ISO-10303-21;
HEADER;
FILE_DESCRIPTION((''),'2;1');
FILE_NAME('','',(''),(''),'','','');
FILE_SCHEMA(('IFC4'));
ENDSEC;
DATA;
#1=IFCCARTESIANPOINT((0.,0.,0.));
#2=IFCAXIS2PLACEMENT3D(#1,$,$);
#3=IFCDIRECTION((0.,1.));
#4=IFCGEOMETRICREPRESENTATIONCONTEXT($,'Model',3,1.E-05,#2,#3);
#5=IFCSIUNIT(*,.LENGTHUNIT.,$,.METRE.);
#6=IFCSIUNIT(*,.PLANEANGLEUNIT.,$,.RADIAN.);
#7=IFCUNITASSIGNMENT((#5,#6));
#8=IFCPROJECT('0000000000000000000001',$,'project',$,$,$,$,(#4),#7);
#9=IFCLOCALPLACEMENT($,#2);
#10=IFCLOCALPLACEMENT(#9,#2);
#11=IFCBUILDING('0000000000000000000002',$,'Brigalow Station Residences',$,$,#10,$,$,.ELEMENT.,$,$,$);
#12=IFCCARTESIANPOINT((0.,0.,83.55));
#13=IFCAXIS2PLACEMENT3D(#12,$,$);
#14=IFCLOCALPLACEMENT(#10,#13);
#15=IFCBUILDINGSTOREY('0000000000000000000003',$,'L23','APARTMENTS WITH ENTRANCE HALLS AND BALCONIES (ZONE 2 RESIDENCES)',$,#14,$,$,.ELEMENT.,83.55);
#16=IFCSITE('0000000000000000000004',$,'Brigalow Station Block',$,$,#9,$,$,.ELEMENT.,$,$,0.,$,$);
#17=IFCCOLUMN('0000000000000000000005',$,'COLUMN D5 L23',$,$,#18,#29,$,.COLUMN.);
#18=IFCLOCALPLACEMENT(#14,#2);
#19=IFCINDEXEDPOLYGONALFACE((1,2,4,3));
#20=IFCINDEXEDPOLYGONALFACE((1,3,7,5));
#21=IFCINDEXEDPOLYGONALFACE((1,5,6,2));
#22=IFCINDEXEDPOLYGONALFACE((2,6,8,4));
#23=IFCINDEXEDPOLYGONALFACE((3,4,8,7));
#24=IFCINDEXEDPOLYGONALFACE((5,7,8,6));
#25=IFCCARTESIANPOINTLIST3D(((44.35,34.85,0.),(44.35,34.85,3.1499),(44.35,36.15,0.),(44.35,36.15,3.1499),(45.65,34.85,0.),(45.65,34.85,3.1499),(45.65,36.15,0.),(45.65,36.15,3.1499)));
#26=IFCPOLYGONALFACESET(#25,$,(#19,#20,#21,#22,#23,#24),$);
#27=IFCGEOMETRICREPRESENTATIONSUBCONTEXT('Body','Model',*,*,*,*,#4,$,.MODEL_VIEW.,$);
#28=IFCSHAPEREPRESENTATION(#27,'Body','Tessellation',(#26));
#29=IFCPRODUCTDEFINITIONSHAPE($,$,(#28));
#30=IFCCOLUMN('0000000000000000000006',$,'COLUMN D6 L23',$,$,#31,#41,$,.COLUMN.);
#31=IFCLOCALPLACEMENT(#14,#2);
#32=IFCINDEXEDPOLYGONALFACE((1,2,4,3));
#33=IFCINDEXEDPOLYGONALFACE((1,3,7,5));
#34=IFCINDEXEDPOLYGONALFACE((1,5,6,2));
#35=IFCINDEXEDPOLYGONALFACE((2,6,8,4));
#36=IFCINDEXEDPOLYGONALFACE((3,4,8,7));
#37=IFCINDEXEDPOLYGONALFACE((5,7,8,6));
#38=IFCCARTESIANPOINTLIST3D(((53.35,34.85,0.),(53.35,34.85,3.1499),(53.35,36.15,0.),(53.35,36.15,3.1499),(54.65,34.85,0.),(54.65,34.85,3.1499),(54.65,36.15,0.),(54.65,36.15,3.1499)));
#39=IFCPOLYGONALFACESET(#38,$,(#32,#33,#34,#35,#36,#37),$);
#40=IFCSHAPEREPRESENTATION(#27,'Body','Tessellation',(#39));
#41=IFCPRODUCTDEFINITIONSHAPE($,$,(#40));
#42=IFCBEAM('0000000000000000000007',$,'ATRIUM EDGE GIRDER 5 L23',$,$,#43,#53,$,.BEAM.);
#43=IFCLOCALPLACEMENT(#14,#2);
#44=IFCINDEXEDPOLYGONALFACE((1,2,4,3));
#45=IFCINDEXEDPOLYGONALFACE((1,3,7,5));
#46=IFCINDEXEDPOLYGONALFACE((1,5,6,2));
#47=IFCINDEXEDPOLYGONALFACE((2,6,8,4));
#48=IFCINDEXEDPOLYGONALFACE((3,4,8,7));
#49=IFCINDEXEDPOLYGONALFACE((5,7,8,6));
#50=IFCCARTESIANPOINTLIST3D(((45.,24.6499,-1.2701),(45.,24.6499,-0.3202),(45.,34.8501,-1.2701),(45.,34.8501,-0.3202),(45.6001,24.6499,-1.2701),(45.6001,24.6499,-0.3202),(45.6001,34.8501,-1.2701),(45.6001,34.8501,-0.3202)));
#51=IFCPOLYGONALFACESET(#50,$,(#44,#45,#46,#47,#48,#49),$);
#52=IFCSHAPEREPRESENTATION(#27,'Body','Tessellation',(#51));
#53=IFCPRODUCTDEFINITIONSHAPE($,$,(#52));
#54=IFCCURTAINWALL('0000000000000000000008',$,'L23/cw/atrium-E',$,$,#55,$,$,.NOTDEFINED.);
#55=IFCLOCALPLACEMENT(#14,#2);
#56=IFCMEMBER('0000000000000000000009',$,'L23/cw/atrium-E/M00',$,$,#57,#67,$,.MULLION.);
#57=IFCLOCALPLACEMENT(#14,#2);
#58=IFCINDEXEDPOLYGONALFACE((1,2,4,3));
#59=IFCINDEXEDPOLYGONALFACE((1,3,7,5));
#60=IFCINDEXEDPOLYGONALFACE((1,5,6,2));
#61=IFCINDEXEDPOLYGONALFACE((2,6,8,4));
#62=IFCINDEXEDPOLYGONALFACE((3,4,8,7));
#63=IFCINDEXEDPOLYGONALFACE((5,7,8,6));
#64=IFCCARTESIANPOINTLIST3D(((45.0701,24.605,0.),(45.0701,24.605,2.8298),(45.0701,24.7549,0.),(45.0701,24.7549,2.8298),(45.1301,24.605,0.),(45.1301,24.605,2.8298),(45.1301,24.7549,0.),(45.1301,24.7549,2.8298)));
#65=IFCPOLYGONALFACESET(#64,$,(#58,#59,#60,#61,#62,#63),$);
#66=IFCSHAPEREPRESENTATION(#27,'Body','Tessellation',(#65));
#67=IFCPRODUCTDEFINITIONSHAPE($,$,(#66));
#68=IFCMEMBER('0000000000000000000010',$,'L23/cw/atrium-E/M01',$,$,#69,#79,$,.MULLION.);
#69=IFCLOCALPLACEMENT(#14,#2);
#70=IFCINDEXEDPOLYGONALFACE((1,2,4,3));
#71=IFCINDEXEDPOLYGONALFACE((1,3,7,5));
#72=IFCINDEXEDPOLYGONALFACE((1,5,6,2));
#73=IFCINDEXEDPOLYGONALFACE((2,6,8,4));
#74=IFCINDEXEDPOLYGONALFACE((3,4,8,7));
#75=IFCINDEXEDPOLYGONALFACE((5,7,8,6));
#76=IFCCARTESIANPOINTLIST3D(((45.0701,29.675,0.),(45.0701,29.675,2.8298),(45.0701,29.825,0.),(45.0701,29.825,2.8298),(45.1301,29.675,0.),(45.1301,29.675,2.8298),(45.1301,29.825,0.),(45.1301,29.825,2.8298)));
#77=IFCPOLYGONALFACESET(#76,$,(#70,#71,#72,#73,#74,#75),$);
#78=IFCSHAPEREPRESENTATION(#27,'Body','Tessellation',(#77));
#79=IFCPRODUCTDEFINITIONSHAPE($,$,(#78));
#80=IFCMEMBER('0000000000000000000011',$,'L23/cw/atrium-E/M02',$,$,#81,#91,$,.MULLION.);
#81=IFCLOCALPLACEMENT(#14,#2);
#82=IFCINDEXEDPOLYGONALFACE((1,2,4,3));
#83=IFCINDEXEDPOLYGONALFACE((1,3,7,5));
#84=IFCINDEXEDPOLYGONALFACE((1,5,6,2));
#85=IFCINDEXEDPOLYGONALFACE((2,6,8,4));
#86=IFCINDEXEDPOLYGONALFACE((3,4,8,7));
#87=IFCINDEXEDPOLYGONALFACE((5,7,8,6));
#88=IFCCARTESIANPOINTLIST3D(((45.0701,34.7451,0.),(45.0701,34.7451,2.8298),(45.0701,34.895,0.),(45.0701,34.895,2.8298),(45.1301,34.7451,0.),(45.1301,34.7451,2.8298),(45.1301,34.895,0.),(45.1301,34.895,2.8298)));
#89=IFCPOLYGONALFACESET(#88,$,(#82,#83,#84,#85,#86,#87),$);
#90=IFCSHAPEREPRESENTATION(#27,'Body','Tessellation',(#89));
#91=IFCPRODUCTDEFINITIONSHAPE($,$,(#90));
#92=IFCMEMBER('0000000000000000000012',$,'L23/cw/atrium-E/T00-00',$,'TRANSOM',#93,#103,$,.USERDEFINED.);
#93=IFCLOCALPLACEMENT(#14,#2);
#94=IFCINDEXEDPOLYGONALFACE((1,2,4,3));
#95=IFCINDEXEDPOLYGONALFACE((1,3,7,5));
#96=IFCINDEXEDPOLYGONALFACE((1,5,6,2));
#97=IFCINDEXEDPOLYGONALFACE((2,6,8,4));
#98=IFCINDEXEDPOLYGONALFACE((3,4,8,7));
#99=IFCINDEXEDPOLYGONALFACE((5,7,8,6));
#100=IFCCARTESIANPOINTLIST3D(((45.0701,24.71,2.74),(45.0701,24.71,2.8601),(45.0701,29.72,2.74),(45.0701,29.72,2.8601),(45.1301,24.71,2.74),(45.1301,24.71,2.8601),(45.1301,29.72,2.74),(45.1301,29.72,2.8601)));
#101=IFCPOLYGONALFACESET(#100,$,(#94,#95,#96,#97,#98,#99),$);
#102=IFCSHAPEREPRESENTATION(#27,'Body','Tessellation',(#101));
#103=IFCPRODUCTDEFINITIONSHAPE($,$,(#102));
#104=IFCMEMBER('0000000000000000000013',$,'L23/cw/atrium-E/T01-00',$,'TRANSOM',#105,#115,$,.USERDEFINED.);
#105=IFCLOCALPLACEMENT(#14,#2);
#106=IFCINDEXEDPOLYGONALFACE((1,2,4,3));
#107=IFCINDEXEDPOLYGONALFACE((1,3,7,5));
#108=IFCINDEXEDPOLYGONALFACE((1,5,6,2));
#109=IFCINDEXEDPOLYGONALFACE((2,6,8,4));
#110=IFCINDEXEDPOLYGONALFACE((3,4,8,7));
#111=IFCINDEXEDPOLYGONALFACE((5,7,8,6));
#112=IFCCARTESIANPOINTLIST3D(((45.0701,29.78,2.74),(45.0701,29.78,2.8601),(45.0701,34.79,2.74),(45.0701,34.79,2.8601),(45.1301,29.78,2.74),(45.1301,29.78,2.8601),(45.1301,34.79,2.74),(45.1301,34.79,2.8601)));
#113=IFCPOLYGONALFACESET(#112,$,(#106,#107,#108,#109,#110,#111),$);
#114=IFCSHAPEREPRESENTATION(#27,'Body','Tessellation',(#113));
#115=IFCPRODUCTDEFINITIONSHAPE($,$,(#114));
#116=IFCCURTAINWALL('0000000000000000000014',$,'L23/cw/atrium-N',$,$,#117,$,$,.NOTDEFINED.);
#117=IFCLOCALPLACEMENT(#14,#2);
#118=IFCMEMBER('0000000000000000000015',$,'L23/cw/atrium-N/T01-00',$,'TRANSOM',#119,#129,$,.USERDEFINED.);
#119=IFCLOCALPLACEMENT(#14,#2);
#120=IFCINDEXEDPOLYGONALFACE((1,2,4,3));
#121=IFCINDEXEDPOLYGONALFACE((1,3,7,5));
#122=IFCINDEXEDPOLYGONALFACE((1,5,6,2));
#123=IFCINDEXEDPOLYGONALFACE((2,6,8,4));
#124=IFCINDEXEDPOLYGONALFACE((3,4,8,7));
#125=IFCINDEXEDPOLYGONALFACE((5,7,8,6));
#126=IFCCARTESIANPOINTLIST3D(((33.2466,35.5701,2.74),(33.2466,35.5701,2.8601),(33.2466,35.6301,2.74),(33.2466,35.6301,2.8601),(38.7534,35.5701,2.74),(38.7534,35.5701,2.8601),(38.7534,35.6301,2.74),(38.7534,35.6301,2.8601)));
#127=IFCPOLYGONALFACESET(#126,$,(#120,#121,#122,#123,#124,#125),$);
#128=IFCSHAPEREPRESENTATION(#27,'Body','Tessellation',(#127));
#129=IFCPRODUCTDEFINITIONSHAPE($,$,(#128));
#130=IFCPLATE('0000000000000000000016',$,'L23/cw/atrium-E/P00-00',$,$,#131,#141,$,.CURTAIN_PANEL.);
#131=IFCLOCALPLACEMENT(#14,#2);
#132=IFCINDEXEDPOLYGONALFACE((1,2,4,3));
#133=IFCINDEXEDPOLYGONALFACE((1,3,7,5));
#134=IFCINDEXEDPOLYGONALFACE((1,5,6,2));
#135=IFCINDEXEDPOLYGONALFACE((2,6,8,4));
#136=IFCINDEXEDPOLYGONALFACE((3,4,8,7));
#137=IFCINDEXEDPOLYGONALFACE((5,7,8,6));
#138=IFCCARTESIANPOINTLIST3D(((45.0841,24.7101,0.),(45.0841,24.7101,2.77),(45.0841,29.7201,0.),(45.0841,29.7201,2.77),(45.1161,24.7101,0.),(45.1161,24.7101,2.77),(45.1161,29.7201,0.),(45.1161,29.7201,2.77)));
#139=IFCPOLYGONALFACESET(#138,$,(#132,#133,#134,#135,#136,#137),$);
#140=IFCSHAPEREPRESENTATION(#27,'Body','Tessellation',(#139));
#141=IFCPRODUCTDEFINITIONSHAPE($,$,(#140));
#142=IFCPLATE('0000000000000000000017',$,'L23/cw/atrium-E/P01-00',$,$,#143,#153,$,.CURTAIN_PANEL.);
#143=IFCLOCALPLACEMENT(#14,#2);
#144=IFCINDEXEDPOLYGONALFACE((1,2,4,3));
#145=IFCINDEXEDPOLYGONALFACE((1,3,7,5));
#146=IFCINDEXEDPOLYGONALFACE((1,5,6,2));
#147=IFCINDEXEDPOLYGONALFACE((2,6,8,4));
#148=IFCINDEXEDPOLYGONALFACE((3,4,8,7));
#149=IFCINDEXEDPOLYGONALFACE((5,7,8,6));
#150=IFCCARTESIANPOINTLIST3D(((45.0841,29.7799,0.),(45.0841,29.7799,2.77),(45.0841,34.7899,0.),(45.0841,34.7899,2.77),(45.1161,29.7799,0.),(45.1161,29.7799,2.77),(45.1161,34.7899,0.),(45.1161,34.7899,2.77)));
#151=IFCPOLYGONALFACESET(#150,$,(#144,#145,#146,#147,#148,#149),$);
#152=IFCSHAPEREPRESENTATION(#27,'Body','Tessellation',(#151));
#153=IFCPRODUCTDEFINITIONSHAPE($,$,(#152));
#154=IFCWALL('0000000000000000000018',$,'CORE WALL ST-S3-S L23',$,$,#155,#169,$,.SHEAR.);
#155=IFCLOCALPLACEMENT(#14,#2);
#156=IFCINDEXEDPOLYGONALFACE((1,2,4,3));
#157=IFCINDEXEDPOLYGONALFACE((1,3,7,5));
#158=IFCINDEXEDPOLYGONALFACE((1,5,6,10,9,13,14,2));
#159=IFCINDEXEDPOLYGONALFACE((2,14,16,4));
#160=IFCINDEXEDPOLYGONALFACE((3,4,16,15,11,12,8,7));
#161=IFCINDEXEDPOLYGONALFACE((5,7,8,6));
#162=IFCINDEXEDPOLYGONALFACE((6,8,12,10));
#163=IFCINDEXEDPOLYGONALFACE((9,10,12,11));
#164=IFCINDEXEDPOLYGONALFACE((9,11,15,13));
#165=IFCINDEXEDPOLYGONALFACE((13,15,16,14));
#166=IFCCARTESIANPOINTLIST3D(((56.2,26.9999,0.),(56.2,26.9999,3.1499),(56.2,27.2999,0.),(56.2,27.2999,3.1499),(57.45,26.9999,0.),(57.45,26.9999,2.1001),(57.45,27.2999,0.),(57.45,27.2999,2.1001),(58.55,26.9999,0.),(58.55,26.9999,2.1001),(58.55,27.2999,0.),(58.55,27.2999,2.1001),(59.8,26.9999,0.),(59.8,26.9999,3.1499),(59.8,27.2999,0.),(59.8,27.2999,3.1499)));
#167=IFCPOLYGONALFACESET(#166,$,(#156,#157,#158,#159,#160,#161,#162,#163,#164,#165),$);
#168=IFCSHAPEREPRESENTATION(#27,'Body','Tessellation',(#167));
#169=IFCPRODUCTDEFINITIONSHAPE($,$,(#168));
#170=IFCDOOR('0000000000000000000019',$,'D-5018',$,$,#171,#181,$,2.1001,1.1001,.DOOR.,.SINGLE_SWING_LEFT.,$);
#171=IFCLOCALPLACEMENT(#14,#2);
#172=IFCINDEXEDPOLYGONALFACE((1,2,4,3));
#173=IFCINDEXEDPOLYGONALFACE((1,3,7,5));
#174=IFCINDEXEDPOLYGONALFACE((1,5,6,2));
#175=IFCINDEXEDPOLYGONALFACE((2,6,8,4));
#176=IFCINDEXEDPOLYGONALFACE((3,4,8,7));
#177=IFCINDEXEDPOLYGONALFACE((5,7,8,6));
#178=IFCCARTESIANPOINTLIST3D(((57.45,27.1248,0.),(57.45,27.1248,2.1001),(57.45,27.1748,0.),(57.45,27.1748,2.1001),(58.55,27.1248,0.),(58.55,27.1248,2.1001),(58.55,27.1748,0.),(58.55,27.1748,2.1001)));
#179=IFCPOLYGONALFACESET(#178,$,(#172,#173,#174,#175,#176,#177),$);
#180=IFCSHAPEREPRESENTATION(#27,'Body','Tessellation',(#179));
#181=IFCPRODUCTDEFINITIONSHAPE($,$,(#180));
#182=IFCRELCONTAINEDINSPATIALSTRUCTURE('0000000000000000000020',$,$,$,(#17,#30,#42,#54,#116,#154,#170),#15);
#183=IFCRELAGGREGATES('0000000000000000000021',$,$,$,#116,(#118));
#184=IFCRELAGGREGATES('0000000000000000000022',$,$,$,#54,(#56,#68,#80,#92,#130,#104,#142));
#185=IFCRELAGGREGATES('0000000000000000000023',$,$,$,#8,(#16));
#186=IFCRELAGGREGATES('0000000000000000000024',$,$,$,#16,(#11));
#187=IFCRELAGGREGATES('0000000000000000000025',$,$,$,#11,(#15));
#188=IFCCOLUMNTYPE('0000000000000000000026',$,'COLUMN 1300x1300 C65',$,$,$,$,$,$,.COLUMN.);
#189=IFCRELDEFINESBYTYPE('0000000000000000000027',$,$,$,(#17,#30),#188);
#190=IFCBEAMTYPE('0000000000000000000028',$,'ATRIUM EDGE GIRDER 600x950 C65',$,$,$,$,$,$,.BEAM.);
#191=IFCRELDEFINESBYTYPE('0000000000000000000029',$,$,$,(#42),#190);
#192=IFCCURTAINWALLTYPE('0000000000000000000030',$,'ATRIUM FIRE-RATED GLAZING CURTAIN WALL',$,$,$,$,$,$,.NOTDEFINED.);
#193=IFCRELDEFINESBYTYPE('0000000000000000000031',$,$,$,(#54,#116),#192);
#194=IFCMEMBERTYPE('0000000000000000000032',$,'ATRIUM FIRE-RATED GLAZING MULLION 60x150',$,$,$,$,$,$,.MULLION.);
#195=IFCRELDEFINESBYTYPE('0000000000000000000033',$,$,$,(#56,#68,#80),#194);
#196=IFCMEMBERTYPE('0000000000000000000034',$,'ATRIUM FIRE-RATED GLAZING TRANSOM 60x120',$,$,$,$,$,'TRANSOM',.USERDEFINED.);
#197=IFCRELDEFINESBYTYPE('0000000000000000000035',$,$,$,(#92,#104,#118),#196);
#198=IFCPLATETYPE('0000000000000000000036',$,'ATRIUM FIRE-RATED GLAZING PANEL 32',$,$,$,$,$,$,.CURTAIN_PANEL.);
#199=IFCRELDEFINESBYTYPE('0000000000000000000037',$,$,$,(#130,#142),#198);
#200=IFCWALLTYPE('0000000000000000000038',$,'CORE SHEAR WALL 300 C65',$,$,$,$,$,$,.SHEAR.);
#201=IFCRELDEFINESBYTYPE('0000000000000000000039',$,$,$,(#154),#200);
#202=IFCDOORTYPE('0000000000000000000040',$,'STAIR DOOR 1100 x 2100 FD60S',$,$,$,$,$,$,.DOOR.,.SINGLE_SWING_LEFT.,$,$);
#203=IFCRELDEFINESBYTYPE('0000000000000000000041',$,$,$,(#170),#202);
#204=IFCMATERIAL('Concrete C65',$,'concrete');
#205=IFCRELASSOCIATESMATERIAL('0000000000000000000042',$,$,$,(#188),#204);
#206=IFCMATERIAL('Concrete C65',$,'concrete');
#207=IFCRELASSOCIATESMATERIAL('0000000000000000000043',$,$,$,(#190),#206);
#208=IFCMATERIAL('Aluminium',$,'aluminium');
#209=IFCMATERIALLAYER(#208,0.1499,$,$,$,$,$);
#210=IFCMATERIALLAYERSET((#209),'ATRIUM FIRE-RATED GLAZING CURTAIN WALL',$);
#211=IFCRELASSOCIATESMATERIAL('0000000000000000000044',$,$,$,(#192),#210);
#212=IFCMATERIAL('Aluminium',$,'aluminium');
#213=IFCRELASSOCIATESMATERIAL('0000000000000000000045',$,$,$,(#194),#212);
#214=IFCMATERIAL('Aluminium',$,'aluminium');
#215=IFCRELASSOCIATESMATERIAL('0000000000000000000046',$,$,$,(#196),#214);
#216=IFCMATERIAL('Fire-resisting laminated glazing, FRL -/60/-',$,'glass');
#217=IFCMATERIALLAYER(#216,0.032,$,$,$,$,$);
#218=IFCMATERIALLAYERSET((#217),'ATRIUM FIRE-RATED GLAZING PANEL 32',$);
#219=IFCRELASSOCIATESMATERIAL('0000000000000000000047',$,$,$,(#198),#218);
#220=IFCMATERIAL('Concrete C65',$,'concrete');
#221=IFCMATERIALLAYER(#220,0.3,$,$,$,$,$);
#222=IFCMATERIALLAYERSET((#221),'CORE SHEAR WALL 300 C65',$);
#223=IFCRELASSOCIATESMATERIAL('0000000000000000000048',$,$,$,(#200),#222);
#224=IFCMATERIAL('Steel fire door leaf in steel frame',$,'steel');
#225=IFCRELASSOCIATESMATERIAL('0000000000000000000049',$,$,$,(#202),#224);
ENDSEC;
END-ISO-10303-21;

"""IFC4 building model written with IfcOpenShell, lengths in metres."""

from ifc_helpers import new_model, si_unit, direction, frame, frame_2d, origin, origin_2d, place, context, subcontext, project, spatial, rectangle, extrude, material, layer, layer_set, material_profile, profile_set, type_object, element, fill, aggregate, save


model = new_model("IFC4")

# Units and contexts
model_context = context("Model", 3, precision=1e-05, world=origin(), true_north=direction((0.0, 1.0)))
body_context = subcontext(model_context, "Body", "Model", "MODEL_VIEW")
ifc_project = project(units=[si_unit("LENGTHUNIT", "METRE"), si_unit("PLANEANGLEUNIT", "RADIAN")], contexts=[model_context])

# Site, building, storey
site_placement = place(None, origin())
site = spatial("IfcSite", under=ifc_project, at=site_placement, Name="Brigalow Station Block", CompositionType="ELEMENT", RefElevation=0.0)
building_placement = place(site_placement, origin())
building = spatial("IfcBuilding", under=site, at=building_placement, Name="Brigalow Station Residences", CompositionType="ELEMENT")
storey_placement = place(building_placement, frame((0.0, 0.0, 83.55)))
storey = spatial("IfcBuildingStorey", under=building, at=storey_placement, Name="L23", Description="APARTMENTS WITH ENTRANCE HALLS AND BALCONIES (ZONE 2 RESIDENCES)", CompositionType="ELEMENT", Elevation=83.55)

# Columns
ifc_material_1 = material(Name="Concrete C65", Category="concrete")
ifc_material_profile_1 = material_profile(ifc_material_1, rectangle(XDim=1.3, YDim=1.3, at=origin_2d()), Name="RC1300x1300")
ifc_profile_set_1 = profile_set([ifc_material_profile_1], Name="Concrete C65")
column_type = type_object("IfcColumnType", Name="COLUMN 1300x1300 C65", PredefinedType="COLUMN", material=ifc_profile_set_1)
for number, where, z_axis, x_axis, name in (
    (1, (45.0, 35.5, 0.0), (0.0, 0.0, 1.0), (1.0, 0.0, 0.0), "COLUMN D5 L23"),
    (2, (54.0, 35.5, 0.0), (0.0, 0.0, 1.0), (1.0, 0.0, 0.0), "COLUMN D6 L23"),
):
    element("IfcColumn", number, at=place(storey_placement, frame(where, z_axis=z_axis, x_axis=x_axis)), inside=storey, type_object=column_type, Name=name, PredefinedType="COLUMN", context=body_context, shape_type="SweptSolid", body=[
        extrude(rectangle(XDim=1.3, YDim=1.3, at=origin_2d()), origin(), (0.0, 0.0, 1.0), 3.1499),
    ])

# Beam
ifc_material_2 = material(Name="Concrete C65", Category="concrete")
ifc_material_profile_2 = material_profile(ifc_material_2, rectangle(XDim=0.6001, YDim=0.95, at=origin_2d()), Name="RC600x950")
ifc_profile_set_2 = profile_set([ifc_material_profile_2], Name="Concrete C65")
beam_type = type_object("IfcBeamType", Name="ATRIUM EDGE GIRDER 600x950 C65", PredefinedType="BEAM", material=ifc_profile_set_2)
beam_placement = place(storey_placement, frame((45.3, 24.6499, -0.7952), z_axis=(0.0, 1.0, 0.0), x_axis=(-1.0, 0.0, 0.0)))
element("IfcBeam", 3, at=beam_placement, inside=storey, type_object=beam_type, Name="ATRIUM EDGE GIRDER 5 L23", PredefinedType="BEAM", context=body_context, shape_type="SweptSolid", body=[
    extrude(rectangle(XDim=0.6001, YDim=0.95, at=origin_2d()), origin(), (0.0, 0.0, 1.0), 10.2002),
])

# Curtain wall, members
ifc_material_3 = material(Name="Aluminium", Category="aluminium")
ifc_layer_1 = layer(ifc_material_3, 0.1499)
ifc_layer_set_1 = layer_set([ifc_layer_1], Name="ATRIUM FIRE-RATED GLAZING CURTAIN WALL")
curtain_wall_type = type_object("IfcCurtainWallType", Name="ATRIUM FIRE-RATED GLAZING CURTAIN WALL", PredefinedType="NOTDEFINED", material=ifc_layer_set_1)
curtain_wall_1_placement = place(storey_placement, origin())
curtain_wall_1 = element("IfcCurtainWall", 4, at=curtain_wall_1_placement, inside=storey, type_object=curtain_wall_type, Name="L23/cw/atrium-E", PredefinedType="NOTDEFINED")
ifc_material_4 = material(Name="Aluminium", Category="aluminium")
ifc_material_profile_3 = material_profile(ifc_material_4, rectangle(XDim=0.0601, YDim=0.1499, at=origin_2d()), Name="ATRIUM FIRE-RATED GLAZING MULLION 60x150")
ifc_profile_set_3 = profile_set([ifc_material_profile_3], Name="Aluminium")
member_type_1 = type_object("IfcMemberType", Name="ATRIUM FIRE-RATED GLAZING MULLION 60x150", PredefinedType="MULLION", material=ifc_profile_set_3)
member_1_placement = place(storey_placement, frame((45.1001, 24.6799, 0.0), z_axis=(0.0, 0.0, 1.0), x_axis=(-1.0, 0.0, 0.0)))
member_1 = element("IfcMember", 5, at=member_1_placement, type_object=member_type_1, Name="L23/cw/atrium-E/M00", PredefinedType="MULLION", context=body_context, shape_type="SweptSolid", body=[
    extrude(rectangle(XDim=0.0601, YDim=0.1499, at=origin_2d()), origin(), (0.0, 0.0, 1.0), 2.8298),
])
member_2_placement = place(storey_placement, frame((45.1001, 29.75, 0.0), z_axis=(0.0, 0.0, 1.0), x_axis=(-1.0, 0.0, 0.0)))
member_2 = element("IfcMember", 6, at=member_2_placement, type_object=member_type_1, Name="L23/cw/atrium-E/M01", PredefinedType="MULLION", context=body_context, shape_type="SweptSolid", body=[
    extrude(rectangle(XDim=0.0601, YDim=0.1499, at=origin_2d()), origin(), (0.0, 0.0, 1.0), 2.8298),
])
member_3_placement = place(storey_placement, frame((45.1001, 34.8201, 0.0), z_axis=(0.0, 0.0, 1.0), x_axis=(-1.0, 0.0, 0.0)))
member_3 = element("IfcMember", 7, at=member_3_placement, type_object=member_type_1, Name="L23/cw/atrium-E/M02", PredefinedType="MULLION", context=body_context, shape_type="SweptSolid", body=[
    extrude(rectangle(XDim=0.0601, YDim=0.1499, at=origin_2d()), origin(), (0.0, 0.0, 1.0), 2.8298),
])
ifc_material_5 = material(Name="Aluminium", Category="aluminium")
ifc_material_profile_4 = material_profile(ifc_material_5, rectangle(XDim=0.0601, YDim=0.1201, at=origin_2d()), Name="ATRIUM FIRE-RATED GLAZING TRANSOM 60x120")
ifc_profile_set_4 = profile_set([ifc_material_profile_4], Name="Aluminium")
member_type_2 = type_object("IfcMemberType", Name="ATRIUM FIRE-RATED GLAZING TRANSOM 60x120", ElementType="TRANSOM", PredefinedType="USERDEFINED", material=ifc_profile_set_4)
member_4_placement = place(storey_placement, frame((45.1001, 24.71, 2.8), z_axis=(0.0, 1.0, 0.0), x_axis=(-1.0, 0.0, 0.0)))
member_4 = element("IfcMember", 8, at=member_4_placement, type_object=member_type_2, Name="L23/cw/atrium-E/T00-00", ObjectType="TRANSOM", PredefinedType="USERDEFINED", context=body_context, shape_type="SweptSolid", body=[
    extrude(rectangle(XDim=0.0601, YDim=0.1201, at=origin_2d()), origin(), (0.0, 0.0, 1.0), 5.01),
])
member_5_placement = place(storey_placement, frame((45.1001, 29.78, 2.8), z_axis=(0.0, 1.0, 0.0), x_axis=(-1.0, 0.0, 0.0)))
member_5 = element("IfcMember", 9, at=member_5_placement, type_object=member_type_2, Name="L23/cw/atrium-E/T01-00", ObjectType="TRANSOM", PredefinedType="USERDEFINED", context=body_context, shape_type="SweptSolid", body=[
    extrude(rectangle(XDim=0.0601, YDim=0.1201, at=origin_2d()), origin(), (0.0, 0.0, 1.0), 5.01),
])

# Curtain wall, member
curtain_wall_2_placement = place(storey_placement, origin())
curtain_wall_2 = element("IfcCurtainWall", 10, at=curtain_wall_2_placement, inside=storey, type_object=curtain_wall_type, Name="L23/cw/atrium-N", PredefinedType="NOTDEFINED")
member_6_placement = place(storey_placement, frame((38.7534, 35.6001, 2.8), z_axis=(-1.0, 0.0, 0.0), x_axis=(0.0, -1.0, 0.0)))
member_6 = element("IfcMember", 11, at=member_6_placement, type_object=member_type_2, Name="L23/cw/atrium-N/T01-00", ObjectType="TRANSOM", PredefinedType="USERDEFINED", context=body_context, shape_type="SweptSolid", body=[
    extrude(rectangle(XDim=0.0601, YDim=0.1201, at=origin_2d()), origin(), (0.0, 0.0, 1.0), 5.5068),
])
aggregate(curtain_wall_2, [member_6])

# Plates
ifc_material_6 = material(Name="Fire-resisting laminated glazing, FRL -/60/-", Category="glass")
ifc_layer_2 = layer(ifc_material_6, 0.032)
ifc_layer_set_2 = layer_set([ifc_layer_2], Name="ATRIUM FIRE-RATED GLAZING PANEL 32")
plate_type = type_object("IfcPlateType", Name="ATRIUM FIRE-RATED GLAZING PANEL 32", PredefinedType="CURTAIN_PANEL", material=ifc_layer_set_2)
plate_1_placement = place(storey_placement, frame((45.1001, 27.2151, 0.0), z_axis=(0.0, 0.0, 1.0), x_axis=(0.0, 1.0, 0.0)))
plate_1 = element("IfcPlate", 12, at=plate_1_placement, type_object=plate_type, Name="L23/cw/atrium-E/P00-00", PredefinedType="CURTAIN_PANEL", context=body_context, shape_type="SweptSolid", body=[
    extrude(rectangle(XDim=5.01, YDim=0.032, at=origin_2d()), origin(), (0.0, 0.0, 1.0), 2.77),
])
plate_2_placement = place(storey_placement, frame((45.1001, 32.2849, 0.0), z_axis=(0.0, 0.0, 1.0), x_axis=(0.0, 1.0, 0.0)))
plate_2 = element("IfcPlate", 13, at=plate_2_placement, type_object=plate_type, Name="L23/cw/atrium-E/P01-00", PredefinedType="CURTAIN_PANEL", context=body_context, shape_type="SweptSolid", body=[
    extrude(rectangle(XDim=5.01, YDim=0.032, at=origin_2d()), origin(), (0.0, 0.0, 1.0), 2.77),
])
aggregate(curtain_wall_1, [member_1, member_2, member_3, member_4, plate_1, member_5, plate_2])

# Wall, opening, door
ifc_material_7 = material(Name="Concrete C65", Category="concrete")
ifc_layer_3 = layer(ifc_material_7, 0.3)
ifc_layer_set_3 = layer_set([ifc_layer_3], Name="CORE SHEAR WALL 300 C65")
wall_type_1 = type_object("IfcWallType", Name="CORE SHEAR WALL 300 C65", PredefinedType="SHEAR", material=ifc_layer_set_3)
wall_1_placement = place(storey_placement, frame((56.2, 27.1499, 0.0), z_axis=(0.0, 0.0, 1.0), x_axis=(1.0, 0.0, 0.0)))
wall_1 = element("IfcWall", 14, at=wall_1_placement, inside=storey, type_object=wall_type_1, Name="CORE WALL ST-S3-S L23", PredefinedType="SHEAR", context=body_context, shape_type="SweptSolid", body=[
    extrude(rectangle(XDim=3.6001, YDim=0.3, at=frame_2d((1.8, 0.0))), origin(), (0.0, 0.0, 1.0), 3.1499),
])
opening_1_placement = place(wall_1_placement, frame((1.25, 0.0, 0.0)))
opening_1 = element("IfcOpeningElement", 15, at=opening_1_placement, cuts=wall_1, PredefinedType="OPENING", context=body_context, shape_type="SweptSolid", body=[
    extrude(rectangle(XDim=1.1001, YDim=2.1001, at=frame_2d((0.55, 1.05))), frame((0.0, 0.1602, 0.0), z_axis=(0.0, -1.0, 0.0), x_axis=(1.0, 0.0, 0.0)), (0.0, 0.0, 1.0), 0.3201),
])
ifc_material_8 = material(Name="Steel fire door leaf in steel frame", Category="steel")
door_type_1 = type_object("IfcDoorType", Name="STAIR DOOR 1100 x 2100 FD60S", OperationType="SINGLE_SWING_LEFT", PredefinedType="DOOR", material=ifc_material_8)
door_1_placement = place(opening_1_placement, origin())
door_1 = element("IfcDoor", 16, at=door_1_placement, inside=storey, type_object=door_type_1, Name="D-5018", OperationType="SINGLE_SWING_LEFT", OverallHeight=2.1001, OverallWidth=1.1001, PredefinedType="DOOR", context=body_context, shape_type="SweptSolid", body=[
    extrude(rectangle(XDim=1.1001, YDim=2.1001, at=frame_2d((0.55, 1.05))), frame((0.0, 0.0249, 0.0), z_axis=(0.0, -1.0, 0.0), x_axis=(1.0, 0.0, 0.0)), (0.0, 0.0, 1.0), 0.05),
])
fill(opening_1, door_1)

save(model, "model.ifc")
